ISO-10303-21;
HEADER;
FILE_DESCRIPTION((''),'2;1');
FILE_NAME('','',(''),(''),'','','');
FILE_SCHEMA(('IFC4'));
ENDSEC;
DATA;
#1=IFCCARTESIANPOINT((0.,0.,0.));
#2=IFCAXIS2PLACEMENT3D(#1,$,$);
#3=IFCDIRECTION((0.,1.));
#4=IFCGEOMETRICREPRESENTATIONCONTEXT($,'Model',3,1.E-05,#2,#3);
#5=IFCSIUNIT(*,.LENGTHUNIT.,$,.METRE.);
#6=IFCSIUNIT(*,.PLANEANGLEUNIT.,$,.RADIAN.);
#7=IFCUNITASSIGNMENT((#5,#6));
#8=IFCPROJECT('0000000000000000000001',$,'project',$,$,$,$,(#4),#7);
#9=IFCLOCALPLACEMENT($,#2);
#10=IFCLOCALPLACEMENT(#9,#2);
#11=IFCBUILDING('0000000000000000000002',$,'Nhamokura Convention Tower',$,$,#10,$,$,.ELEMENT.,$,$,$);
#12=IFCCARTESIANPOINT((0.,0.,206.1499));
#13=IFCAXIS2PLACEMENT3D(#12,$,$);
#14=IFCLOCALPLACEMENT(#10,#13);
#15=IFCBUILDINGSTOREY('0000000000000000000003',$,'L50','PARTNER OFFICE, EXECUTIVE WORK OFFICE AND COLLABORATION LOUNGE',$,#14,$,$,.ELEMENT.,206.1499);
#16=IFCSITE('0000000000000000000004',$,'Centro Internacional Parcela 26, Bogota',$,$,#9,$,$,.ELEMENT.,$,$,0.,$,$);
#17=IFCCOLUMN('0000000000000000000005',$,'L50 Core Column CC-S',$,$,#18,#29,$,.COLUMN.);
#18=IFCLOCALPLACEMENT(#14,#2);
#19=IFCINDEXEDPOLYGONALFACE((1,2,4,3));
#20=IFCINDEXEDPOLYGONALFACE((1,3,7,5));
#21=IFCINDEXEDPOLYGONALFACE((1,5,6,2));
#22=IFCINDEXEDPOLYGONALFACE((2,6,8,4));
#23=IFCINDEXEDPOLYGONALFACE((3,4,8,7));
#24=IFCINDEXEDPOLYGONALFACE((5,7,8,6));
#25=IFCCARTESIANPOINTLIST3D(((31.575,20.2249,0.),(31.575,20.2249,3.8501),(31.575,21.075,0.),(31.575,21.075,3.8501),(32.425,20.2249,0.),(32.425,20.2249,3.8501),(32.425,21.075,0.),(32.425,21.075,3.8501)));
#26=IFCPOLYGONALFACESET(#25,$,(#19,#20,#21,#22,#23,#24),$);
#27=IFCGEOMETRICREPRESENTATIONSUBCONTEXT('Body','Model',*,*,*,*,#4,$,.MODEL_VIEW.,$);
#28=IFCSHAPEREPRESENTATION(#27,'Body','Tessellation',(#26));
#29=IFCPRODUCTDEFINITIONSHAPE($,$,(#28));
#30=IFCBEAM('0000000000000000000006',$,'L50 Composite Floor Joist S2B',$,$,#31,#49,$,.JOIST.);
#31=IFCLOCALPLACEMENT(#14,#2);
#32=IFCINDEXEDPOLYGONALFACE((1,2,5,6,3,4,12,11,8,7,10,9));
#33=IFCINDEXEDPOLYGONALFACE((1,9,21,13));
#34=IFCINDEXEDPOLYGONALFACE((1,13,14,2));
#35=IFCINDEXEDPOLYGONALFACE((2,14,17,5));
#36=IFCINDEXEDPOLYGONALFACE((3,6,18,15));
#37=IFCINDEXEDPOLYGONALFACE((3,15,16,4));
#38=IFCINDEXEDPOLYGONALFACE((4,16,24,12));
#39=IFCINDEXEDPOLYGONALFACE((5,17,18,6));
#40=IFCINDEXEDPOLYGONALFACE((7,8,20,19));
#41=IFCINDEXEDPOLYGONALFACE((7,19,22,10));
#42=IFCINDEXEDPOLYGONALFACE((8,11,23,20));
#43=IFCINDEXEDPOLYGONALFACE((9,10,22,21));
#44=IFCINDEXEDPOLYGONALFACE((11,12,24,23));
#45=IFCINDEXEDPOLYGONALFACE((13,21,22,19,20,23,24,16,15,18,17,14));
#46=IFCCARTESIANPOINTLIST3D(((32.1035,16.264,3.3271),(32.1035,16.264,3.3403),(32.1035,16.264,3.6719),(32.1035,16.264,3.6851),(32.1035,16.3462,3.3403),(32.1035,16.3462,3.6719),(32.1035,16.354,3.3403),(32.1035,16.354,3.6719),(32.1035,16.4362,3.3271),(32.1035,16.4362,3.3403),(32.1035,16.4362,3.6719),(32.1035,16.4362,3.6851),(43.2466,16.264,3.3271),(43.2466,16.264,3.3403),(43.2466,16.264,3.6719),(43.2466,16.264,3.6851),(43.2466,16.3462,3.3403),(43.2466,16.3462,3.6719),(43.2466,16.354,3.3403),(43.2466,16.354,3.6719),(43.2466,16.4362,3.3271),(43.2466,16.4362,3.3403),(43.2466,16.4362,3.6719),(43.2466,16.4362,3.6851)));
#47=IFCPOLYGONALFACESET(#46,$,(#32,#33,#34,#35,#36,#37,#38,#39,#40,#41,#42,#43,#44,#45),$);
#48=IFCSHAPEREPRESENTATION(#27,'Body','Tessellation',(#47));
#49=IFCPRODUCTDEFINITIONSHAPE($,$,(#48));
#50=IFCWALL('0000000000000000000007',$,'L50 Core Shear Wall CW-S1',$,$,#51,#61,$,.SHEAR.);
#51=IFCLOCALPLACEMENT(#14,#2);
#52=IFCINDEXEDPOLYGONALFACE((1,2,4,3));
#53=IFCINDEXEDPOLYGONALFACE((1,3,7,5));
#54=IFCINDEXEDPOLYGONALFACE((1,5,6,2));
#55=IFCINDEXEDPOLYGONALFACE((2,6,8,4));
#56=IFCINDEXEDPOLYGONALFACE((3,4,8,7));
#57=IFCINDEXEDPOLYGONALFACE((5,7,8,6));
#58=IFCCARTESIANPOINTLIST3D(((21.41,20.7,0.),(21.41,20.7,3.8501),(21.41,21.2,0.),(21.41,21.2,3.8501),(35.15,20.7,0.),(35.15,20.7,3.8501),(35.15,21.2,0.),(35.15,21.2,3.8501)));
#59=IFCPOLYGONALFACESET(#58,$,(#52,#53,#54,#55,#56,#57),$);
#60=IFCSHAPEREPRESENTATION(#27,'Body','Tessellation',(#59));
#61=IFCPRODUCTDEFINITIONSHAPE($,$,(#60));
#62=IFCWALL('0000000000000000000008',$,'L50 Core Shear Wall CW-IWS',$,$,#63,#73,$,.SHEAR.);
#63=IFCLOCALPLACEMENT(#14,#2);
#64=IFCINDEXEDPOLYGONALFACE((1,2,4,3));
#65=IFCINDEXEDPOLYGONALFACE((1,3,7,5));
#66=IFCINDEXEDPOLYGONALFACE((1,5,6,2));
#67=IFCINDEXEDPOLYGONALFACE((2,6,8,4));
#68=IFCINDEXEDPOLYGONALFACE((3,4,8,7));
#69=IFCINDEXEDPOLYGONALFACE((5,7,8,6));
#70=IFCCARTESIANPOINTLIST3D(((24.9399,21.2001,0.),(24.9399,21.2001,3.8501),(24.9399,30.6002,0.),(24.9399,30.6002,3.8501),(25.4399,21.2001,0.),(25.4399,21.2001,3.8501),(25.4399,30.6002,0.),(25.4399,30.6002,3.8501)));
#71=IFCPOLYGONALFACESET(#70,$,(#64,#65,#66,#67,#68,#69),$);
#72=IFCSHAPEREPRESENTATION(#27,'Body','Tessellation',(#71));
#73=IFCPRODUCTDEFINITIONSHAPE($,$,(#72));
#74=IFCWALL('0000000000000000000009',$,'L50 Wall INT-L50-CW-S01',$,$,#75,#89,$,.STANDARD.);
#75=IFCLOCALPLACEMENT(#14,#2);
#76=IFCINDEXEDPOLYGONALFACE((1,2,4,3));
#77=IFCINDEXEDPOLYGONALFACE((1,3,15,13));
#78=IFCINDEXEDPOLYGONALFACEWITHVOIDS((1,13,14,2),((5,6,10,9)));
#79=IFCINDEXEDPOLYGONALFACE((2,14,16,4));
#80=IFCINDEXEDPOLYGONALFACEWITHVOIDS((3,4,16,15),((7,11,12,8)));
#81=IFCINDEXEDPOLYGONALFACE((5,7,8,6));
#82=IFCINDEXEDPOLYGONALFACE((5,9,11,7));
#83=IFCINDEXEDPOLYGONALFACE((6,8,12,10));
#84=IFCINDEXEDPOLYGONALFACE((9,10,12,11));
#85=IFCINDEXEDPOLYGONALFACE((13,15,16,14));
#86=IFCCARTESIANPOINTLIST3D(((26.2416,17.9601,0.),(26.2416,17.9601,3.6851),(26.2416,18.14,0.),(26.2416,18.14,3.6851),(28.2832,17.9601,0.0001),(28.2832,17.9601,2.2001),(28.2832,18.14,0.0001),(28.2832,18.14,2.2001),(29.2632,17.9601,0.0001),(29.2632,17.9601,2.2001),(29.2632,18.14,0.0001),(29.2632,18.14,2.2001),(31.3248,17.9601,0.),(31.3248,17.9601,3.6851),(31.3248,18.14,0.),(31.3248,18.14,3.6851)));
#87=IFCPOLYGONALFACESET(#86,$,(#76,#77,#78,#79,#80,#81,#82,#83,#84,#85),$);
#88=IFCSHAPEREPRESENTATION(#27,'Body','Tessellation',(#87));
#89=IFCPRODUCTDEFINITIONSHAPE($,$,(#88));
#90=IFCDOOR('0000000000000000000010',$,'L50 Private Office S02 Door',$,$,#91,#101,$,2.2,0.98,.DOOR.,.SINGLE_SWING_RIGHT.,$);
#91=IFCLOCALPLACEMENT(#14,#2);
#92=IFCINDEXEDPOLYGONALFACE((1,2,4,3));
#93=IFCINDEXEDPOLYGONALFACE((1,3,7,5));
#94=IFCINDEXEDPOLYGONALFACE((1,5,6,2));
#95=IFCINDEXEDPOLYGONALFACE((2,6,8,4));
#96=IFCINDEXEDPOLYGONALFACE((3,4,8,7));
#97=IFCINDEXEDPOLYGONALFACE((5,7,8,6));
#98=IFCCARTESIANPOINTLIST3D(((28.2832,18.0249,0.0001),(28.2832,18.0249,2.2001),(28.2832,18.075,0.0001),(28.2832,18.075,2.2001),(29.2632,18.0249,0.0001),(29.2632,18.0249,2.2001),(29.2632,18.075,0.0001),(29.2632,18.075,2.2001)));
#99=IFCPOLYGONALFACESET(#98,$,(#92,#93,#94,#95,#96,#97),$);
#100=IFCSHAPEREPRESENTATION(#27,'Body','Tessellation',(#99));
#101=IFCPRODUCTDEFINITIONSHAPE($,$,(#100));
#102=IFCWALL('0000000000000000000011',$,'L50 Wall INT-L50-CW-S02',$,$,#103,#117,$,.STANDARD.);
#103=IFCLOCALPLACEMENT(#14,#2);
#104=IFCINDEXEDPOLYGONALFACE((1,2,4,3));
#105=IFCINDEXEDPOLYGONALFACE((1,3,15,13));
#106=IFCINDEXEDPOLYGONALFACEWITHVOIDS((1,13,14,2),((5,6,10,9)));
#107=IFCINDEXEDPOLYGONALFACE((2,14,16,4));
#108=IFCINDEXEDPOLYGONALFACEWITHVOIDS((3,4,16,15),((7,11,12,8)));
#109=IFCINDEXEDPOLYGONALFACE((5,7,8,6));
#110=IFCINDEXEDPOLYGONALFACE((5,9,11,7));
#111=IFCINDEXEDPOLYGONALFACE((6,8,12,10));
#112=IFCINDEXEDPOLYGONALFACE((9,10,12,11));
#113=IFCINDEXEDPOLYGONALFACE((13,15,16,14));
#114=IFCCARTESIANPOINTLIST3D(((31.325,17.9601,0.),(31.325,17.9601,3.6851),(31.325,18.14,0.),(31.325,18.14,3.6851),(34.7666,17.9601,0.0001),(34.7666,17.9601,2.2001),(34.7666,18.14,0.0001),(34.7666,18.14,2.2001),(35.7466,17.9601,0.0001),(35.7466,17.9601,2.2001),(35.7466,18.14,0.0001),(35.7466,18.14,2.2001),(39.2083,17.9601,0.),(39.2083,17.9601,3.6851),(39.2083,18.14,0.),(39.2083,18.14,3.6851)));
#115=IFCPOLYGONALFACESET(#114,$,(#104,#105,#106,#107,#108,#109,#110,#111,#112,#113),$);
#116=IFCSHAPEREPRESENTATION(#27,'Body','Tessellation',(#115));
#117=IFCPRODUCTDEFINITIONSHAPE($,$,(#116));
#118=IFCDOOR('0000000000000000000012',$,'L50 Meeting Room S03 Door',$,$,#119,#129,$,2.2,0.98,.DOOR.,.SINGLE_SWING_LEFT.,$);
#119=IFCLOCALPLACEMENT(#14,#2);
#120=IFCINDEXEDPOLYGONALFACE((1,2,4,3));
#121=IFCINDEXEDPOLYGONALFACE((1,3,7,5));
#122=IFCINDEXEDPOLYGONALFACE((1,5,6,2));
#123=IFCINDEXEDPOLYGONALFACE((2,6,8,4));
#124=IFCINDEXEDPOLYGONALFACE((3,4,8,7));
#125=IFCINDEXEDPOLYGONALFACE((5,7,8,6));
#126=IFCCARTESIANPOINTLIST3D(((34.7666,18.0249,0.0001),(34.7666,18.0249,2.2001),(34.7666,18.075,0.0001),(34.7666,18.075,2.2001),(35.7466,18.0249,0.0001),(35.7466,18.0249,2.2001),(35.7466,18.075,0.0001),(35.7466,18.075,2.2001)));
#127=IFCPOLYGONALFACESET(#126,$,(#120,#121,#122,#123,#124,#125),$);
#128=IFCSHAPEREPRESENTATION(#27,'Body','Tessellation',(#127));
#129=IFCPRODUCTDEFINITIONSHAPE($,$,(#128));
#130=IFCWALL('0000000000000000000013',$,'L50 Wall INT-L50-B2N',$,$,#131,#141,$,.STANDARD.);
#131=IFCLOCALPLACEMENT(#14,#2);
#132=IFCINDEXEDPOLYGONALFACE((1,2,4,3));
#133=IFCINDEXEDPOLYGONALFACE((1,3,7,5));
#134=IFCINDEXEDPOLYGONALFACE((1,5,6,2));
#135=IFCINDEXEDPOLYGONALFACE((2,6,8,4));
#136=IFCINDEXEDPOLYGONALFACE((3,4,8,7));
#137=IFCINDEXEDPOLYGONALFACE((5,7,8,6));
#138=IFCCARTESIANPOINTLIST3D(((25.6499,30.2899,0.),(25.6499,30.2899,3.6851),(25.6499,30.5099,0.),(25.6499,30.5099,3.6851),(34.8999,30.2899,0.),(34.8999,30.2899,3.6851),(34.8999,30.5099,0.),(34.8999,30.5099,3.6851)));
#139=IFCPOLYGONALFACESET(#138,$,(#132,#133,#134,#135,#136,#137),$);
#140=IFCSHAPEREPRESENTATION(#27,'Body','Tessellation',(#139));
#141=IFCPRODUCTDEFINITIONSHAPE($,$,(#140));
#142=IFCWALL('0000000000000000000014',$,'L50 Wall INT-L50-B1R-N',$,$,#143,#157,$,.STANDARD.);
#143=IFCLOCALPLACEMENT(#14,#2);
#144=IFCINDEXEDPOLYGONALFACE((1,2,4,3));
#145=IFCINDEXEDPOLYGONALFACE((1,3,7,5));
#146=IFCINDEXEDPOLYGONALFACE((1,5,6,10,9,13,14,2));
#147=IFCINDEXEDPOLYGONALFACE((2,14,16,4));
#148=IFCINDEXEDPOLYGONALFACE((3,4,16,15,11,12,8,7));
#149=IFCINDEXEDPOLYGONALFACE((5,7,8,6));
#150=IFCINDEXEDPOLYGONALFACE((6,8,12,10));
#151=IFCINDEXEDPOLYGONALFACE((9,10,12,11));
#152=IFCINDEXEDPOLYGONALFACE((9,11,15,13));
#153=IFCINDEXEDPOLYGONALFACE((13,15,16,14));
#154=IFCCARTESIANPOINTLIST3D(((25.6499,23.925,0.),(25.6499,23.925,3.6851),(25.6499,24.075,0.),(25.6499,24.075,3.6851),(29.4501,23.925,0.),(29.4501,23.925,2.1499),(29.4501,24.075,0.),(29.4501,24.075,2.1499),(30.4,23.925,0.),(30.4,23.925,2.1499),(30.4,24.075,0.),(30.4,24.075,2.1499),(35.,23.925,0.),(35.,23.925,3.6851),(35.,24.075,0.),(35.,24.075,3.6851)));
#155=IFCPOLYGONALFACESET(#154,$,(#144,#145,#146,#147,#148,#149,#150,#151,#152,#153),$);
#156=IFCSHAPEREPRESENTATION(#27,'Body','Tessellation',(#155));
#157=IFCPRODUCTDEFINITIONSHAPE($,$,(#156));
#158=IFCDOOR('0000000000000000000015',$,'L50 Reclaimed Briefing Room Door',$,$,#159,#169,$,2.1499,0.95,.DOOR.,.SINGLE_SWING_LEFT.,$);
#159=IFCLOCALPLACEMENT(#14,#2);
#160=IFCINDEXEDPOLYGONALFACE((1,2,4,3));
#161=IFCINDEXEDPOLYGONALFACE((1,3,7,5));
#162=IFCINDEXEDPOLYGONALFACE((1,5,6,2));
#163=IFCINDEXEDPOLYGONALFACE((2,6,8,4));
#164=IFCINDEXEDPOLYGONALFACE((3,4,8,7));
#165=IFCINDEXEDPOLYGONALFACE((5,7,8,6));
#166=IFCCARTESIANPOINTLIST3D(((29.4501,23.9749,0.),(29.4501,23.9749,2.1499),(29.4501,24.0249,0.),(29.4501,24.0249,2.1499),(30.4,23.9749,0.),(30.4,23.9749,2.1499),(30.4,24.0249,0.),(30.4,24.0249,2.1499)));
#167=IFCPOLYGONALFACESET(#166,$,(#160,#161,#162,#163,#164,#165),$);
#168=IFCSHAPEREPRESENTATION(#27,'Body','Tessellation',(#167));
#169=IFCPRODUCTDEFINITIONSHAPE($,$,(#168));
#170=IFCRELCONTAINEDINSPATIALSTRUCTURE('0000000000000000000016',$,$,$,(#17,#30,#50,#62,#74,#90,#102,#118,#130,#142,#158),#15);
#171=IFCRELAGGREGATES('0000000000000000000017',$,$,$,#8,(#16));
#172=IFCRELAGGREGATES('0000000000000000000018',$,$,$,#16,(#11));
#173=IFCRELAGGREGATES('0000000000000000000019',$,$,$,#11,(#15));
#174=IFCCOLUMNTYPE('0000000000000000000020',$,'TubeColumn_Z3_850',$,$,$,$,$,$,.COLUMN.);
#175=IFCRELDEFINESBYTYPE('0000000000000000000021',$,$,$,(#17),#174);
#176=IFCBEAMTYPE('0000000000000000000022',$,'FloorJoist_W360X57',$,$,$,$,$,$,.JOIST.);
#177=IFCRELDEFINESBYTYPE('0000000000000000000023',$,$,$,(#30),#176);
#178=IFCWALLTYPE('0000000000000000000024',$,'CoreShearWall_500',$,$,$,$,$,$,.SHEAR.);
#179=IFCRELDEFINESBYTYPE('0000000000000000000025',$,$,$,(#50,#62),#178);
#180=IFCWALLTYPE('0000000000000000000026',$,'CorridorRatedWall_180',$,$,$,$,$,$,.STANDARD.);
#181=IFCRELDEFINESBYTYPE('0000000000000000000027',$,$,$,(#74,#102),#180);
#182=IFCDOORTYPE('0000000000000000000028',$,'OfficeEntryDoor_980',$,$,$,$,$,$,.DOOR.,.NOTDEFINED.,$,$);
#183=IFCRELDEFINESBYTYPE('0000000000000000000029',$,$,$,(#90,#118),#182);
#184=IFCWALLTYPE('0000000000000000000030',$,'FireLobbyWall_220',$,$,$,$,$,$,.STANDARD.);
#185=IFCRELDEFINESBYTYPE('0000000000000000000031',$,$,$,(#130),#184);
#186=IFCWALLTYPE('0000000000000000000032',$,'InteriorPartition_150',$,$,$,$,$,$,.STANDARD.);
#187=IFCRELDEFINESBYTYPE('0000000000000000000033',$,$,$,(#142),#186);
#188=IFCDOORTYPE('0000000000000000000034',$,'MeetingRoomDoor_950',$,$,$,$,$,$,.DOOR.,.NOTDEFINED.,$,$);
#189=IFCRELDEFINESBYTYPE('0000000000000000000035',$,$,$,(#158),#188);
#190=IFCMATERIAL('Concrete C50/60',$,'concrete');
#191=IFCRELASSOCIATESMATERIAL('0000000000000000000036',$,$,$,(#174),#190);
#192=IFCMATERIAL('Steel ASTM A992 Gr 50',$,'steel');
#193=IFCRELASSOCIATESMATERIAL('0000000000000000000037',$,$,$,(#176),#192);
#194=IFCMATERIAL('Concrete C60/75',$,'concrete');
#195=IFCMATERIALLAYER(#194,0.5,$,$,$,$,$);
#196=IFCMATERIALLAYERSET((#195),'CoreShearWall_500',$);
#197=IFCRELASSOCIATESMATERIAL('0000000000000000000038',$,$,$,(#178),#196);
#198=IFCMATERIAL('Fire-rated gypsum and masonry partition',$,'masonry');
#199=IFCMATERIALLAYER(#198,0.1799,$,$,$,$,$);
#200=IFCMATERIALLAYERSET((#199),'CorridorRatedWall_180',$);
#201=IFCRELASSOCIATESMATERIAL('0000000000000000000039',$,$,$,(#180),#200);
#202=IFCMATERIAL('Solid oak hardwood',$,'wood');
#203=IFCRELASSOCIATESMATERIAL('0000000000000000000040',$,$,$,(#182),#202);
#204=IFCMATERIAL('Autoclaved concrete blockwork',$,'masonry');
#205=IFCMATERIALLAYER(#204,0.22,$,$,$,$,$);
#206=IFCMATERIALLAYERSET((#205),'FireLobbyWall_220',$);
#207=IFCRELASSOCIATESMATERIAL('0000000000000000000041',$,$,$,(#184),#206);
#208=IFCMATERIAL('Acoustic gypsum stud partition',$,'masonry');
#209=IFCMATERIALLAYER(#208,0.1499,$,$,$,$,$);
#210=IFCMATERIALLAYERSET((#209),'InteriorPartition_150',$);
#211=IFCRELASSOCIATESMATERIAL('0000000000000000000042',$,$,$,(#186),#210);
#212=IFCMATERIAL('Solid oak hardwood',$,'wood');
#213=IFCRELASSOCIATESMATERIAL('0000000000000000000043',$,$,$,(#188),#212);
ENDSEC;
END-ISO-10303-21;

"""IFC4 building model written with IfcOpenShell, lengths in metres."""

from ifc_helpers import new_model, si_unit, direction, frame, frame_2d, origin, origin_2d, place, context, subcontext, project, spatial, rectangle, i_section, extrude, material, layer, layer_set, material_profile, profile_set, type_object, element, fill, save


model = new_model("IFC4")

# Units and contexts
model_context = context("Model", 3, precision=1e-05, world=origin(), true_north=direction((0.0, 1.0)))
body_context = subcontext(model_context, "Body", "Model", "MODEL_VIEW")
ifc_project = project(units=[si_unit("LENGTHUNIT", "METRE"), si_unit("PLANEANGLEUNIT", "RADIAN")], contexts=[model_context])

# Site, building, storey
site_placement = place(None, origin())
site = spatial("IfcSite", under=ifc_project, at=site_placement, Name="Centro Internacional Parcela 26, Bogota", CompositionType="ELEMENT", RefElevation=0.0)
building_placement = place(site_placement, origin())
building = spatial("IfcBuilding", under=site, at=building_placement, Name="Nhamokura Convention Tower", CompositionType="ELEMENT")
storey_placement = place(building_placement, frame((0.0, 0.0, 206.1499)))
storey = spatial("IfcBuildingStorey", under=building, at=storey_placement, Name="L50", Description="PARTNER OFFICE, EXECUTIVE WORK OFFICE AND COLLABORATION LOUNGE", CompositionType="ELEMENT", Elevation=206.1499)

# Column
ifc_material_1 = material(Name="Concrete C50/60", Category="concrete")
ifc_material_profile_1 = material_profile(ifc_material_1, rectangle(XDim=0.8501, YDim=0.8501, at=origin_2d()))
ifc_profile_set_1 = profile_set([ifc_material_profile_1], Name="Concrete C50/60")
column_type = type_object("IfcColumnType", Name="TubeColumn_Z3_850", PredefinedType="COLUMN", material=ifc_profile_set_1)
column_placement = place(storey_placement, frame((32.0, 20.6499, 0.0), z_axis=(0.0, 0.0, 1.0), x_axis=(1.0, 0.0, 0.0)))
element("IfcColumn", 1, at=column_placement, inside=storey, type_object=column_type, Name="L50 Core Column CC-S", PredefinedType="COLUMN", context=body_context, shape_type="SweptSolid", body=[
    extrude(rectangle(XDim=0.8501, YDim=0.8501, at=origin_2d()), origin(), (0.0, 0.0, 1.0), 3.8501),
])

# Beam
ifc_material_2 = material(Name="Steel ASTM A992 Gr 50", Category="steel")
ifc_material_profile_2 = material_profile(ifc_material_2, i_section(OverallWidth=0.1721, OverallDepth=0.3579, WebThickness=0.0078, FlangeThickness=0.0132, at=origin_2d()))
ifc_profile_set_2 = profile_set([ifc_material_profile_2], Name="Steel ASTM A992 Gr 50")
beam_type = type_object("IfcBeamType", Name="FloorJoist_W360X57", PredefinedType="JOIST", material=ifc_profile_set_2)
beam_placement = place(storey_placement, frame((32.1035, 16.3501, 3.5061), z_axis=(1.0, 0.0, 0.0), x_axis=(0.0, 1.0, 0.0)))
element("IfcBeam", 2, at=beam_placement, inside=storey, type_object=beam_type, Name="L50 Composite Floor Joist S2B", PredefinedType="JOIST", context=body_context, shape_type="SweptSolid", body=[
    extrude(i_section(OverallWidth=0.1721, OverallDepth=0.3579, WebThickness=0.0078, FlangeThickness=0.0132, at=origin_2d()), origin(), (0.0, 0.0, 1.0), 11.1431),
])

# Shared definitions
ifc_material_3 = material(Name="Concrete C60/75", Category="concrete")
ifc_layer_1 = layer(ifc_material_3, 0.5)
ifc_layer_set_1 = layer_set([ifc_layer_1], Name="CoreShearWall_500")
wall_type_1 = type_object("IfcWallType", Name="CoreShearWall_500", PredefinedType="SHEAR", material=ifc_layer_set_1)

# Walls
wall_1_placement = place(storey_placement, frame((21.4099, 20.95, 0.0), z_axis=(0.0, 0.0, 1.0), x_axis=(1.0, 0.0, 0.0)))
element("IfcWall", 3, at=wall_1_placement, inside=storey, type_object=wall_type_1, Name="L50 Core Shear Wall CW-S1", PredefinedType="SHEAR", context=body_context, shape_type="SweptSolid", body=[
    extrude(rectangle(XDim=13.74, YDim=0.5, at=frame_2d((6.8701, 0.0))), origin(), (0.0, 0.0, 1.0), 3.8501),
])
wall_2_placement = place(storey_placement, frame((25.1899, 21.2, 0.0), z_axis=(0.0, 0.0, 1.0), x_axis=(0.0, 1.0, 0.0)))
element("IfcWall", 4, at=wall_2_placement, inside=storey, type_object=wall_type_1, Name="L50 Core Shear Wall CW-IWS", PredefinedType="SHEAR", context=body_context, shape_type="SweptSolid", body=[
    extrude(rectangle(XDim=9.4001, YDim=0.5, at=frame_2d((4.7002, 0.0))), origin(), (0.0, 0.0, 1.0), 3.8501),
])

# Walls, openings, doors
ifc_material_4 = material(Name="Fire-rated gypsum and masonry partition", Category="masonry")
ifc_layer_2 = layer(ifc_material_4, 0.1799)
ifc_layer_set_2 = layer_set([ifc_layer_2], Name="CorridorRatedWall_180")
wall_type_2 = type_object("IfcWallType", Name="CorridorRatedWall_180", PredefinedType="STANDARD", material=ifc_layer_set_2)
wall_3_placement = place(storey_placement, frame((26.2417, 18.05, 0.0), z_axis=(0.0, 0.0, 1.0), x_axis=(1.0, 0.0, 0.0)))
wall_3 = element("IfcWall", 5, at=wall_3_placement, inside=storey, type_object=wall_type_2, Name="L50 Wall INT-L50-CW-S01", PredefinedType="STANDARD", context=body_context, shape_type="SweptSolid", body=[
    extrude(rectangle(XDim=5.0833, YDim=0.1799, at=frame_2d((2.5415, 0.0))), origin(), (0.0, 0.0, 1.0), 3.6851),
])
opening_1_placement = place(wall_3_placement, frame((2.0415, 0.0, 0.0)))
opening_1 = element("IfcOpeningElement", 6, at=opening_1_placement, cuts=wall_3, PredefinedType="OPENING", context=body_context, shape_type="SweptSolid", body=[
    extrude(rectangle(XDim=0.98, YDim=2.2, at=frame_2d((0.49, 1.1001))), frame((0.0, 0.0999, 0.0), z_axis=(0.0, -1.0, 0.0), x_axis=(1.0, 0.0, 0.0)), (0.0, 0.0, 1.0), 0.2),
])
ifc_material_5 = material(Name="Solid oak hardwood", Category="wood")
door_type_1 = type_object("IfcDoorType", Name="OfficeEntryDoor_980", OperationType="NOTDEFINED", PredefinedType="DOOR", material=ifc_material_5)
door_1_placement = place(opening_1_placement, origin())
door_1 = element("IfcDoor", 7, at=door_1_placement, inside=storey, type_object=door_type_1, Name="L50 Private Office S02 Door", OperationType="SINGLE_SWING_RIGHT", OverallHeight=2.2, OverallWidth=0.98, PredefinedType="DOOR", context=body_context, shape_type="SweptSolid", body=[
    extrude(rectangle(XDim=0.98, YDim=2.2, at=frame_2d((0.49, 1.1001))), frame((0.0, 0.0249, 0.0), z_axis=(0.0, -1.0, 0.0), x_axis=(1.0, 0.0, 0.0)), (0.0, 0.0, 1.0), 0.05),
])
fill(opening_1, door_1)
wall_4_placement = place(storey_placement, frame((31.325, 18.05, 0.0), z_axis=(0.0, 0.0, 1.0), x_axis=(1.0, 0.0, 0.0)))
wall_4 = element("IfcWall", 8, at=wall_4_placement, inside=storey, type_object=wall_type_2, Name="L50 Wall INT-L50-CW-S02", PredefinedType="STANDARD", context=body_context, shape_type="SweptSolid", body=[
    extrude(rectangle(XDim=7.8833, YDim=0.1799, at=frame_2d((3.9417, 0.0))), origin(), (0.0, 0.0, 1.0), 3.6851),
])
opening_2_placement = place(wall_4_placement, frame((3.4417, 0.0, 0.0)))
opening_2 = element("IfcOpeningElement", 9, at=opening_2_placement, cuts=wall_4, PredefinedType="OPENING", context=body_context, shape_type="SweptSolid", body=[
    extrude(rectangle(XDim=0.98, YDim=2.2, at=frame_2d((0.49, 1.1001))), frame((0.0, 0.0999, 0.0), z_axis=(0.0, -1.0, 0.0), x_axis=(1.0, 0.0, 0.0)), (0.0, 0.0, 1.0), 0.2),
])
door_2_placement = place(opening_2_placement, origin())
door_2 = element("IfcDoor", 10, at=door_2_placement, inside=storey, type_object=door_type_1, Name="L50 Meeting Room S03 Door", OperationType="SINGLE_SWING_LEFT", OverallHeight=2.2, OverallWidth=0.98, PredefinedType="DOOR", context=body_context, shape_type="SweptSolid", body=[
    extrude(rectangle(XDim=0.98, YDim=2.2, at=frame_2d((0.49, 1.1001))), frame((0.0, 0.0249, 0.0), z_axis=(0.0, -1.0, 0.0), x_axis=(1.0, 0.0, 0.0)), (0.0, 0.0, 1.0), 0.05),
])
fill(opening_2, door_2)

# Shared definitions
ifc_material_6 = material(Name="Autoclaved concrete blockwork", Category="masonry")
ifc_layer_3 = layer(ifc_material_6, 0.22)
ifc_layer_set_3 = layer_set([ifc_layer_3], Name="FireLobbyWall_220")
wall_type_3 = type_object("IfcWallType", Name="FireLobbyWall_220", PredefinedType="STANDARD", material=ifc_layer_set_3)

# Wall
wall_5_placement = place(storey_placement, frame((25.6499, 30.3999, 0.0), z_axis=(0.0, 0.0, 1.0), x_axis=(1.0, 0.0, 0.0)))
element("IfcWall", 11, at=wall_5_placement, inside=storey, type_object=wall_type_3, Name="L50 Wall INT-L50-B2N", PredefinedType="STANDARD", context=body_context, shape_type="SweptSolid", body=[
    extrude(rectangle(XDim=9.25, YDim=0.22, at=frame_2d((4.625, 0.0))), origin(), (0.0, 0.0, 1.0), 3.6851),
])

# Wall, opening, door
ifc_material_7 = material(Name="Acoustic gypsum stud partition", Category="masonry")
ifc_layer_4 = layer(ifc_material_7, 0.1499)
ifc_layer_set_4 = layer_set([ifc_layer_4], Name="InteriorPartition_150")
wall_type_4 = type_object("IfcWallType", Name="InteriorPartition_150", PredefinedType="STANDARD", material=ifc_layer_set_4)
wall_6_placement = place(storey_placement, frame((25.6499, 24.0, 0.0), z_axis=(0.0, 0.0, 1.0), x_axis=(1.0, 0.0, 0.0)))
wall_6 = element("IfcWall", 12, at=wall_6_placement, inside=storey, type_object=wall_type_4, Name="L50 Wall INT-L50-B1R-N", PredefinedType="STANDARD", context=body_context, shape_type="SweptSolid", body=[
    extrude(rectangle(XDim=9.3501, YDim=0.1499, at=frame_2d((4.675, 0.0))), origin(), (0.0, 0.0, 1.0), 3.6851),
])
opening_3_placement = place(wall_6_placement, frame((3.8, 0.0, 0.0)))
opening_3 = element("IfcOpeningElement", 13, at=opening_3_placement, cuts=wall_6, PredefinedType="OPENING", context=body_context, shape_type="SweptSolid", body=[
    extrude(rectangle(XDim=0.95, YDim=2.1499, at=frame_2d((0.4751, 1.075))), frame((0.0, 0.085, 0.0), z_axis=(0.0, -1.0, 0.0), x_axis=(1.0, 0.0, 0.0)), (0.0, 0.0, 1.0), 0.1699),
])
ifc_material_8 = material(Name="Solid oak hardwood", Category="wood")
door_type_2 = type_object("IfcDoorType", Name="MeetingRoomDoor_950", OperationType="NOTDEFINED", PredefinedType="DOOR", material=ifc_material_8)
door_3_placement = place(opening_3_placement, origin())
door_3 = element("IfcDoor", 14, at=door_3_placement, inside=storey, type_object=door_type_2, Name="L50 Reclaimed Briefing Room Door", OperationType="SINGLE_SWING_LEFT", OverallHeight=2.1499, OverallWidth=0.95, PredefinedType="DOOR", context=body_context, shape_type="SweptSolid", body=[
    extrude(rectangle(XDim=0.95, YDim=2.1499, at=frame_2d((0.4751, 1.075))), frame((0.0, 0.0249, 0.0), z_axis=(0.0, -1.0, 0.0), x_axis=(1.0, 0.0, 0.0)), (0.0, 0.0, 1.0), 0.05),
])
fill(opening_3, door_3)

save(model, "model.ifc")
